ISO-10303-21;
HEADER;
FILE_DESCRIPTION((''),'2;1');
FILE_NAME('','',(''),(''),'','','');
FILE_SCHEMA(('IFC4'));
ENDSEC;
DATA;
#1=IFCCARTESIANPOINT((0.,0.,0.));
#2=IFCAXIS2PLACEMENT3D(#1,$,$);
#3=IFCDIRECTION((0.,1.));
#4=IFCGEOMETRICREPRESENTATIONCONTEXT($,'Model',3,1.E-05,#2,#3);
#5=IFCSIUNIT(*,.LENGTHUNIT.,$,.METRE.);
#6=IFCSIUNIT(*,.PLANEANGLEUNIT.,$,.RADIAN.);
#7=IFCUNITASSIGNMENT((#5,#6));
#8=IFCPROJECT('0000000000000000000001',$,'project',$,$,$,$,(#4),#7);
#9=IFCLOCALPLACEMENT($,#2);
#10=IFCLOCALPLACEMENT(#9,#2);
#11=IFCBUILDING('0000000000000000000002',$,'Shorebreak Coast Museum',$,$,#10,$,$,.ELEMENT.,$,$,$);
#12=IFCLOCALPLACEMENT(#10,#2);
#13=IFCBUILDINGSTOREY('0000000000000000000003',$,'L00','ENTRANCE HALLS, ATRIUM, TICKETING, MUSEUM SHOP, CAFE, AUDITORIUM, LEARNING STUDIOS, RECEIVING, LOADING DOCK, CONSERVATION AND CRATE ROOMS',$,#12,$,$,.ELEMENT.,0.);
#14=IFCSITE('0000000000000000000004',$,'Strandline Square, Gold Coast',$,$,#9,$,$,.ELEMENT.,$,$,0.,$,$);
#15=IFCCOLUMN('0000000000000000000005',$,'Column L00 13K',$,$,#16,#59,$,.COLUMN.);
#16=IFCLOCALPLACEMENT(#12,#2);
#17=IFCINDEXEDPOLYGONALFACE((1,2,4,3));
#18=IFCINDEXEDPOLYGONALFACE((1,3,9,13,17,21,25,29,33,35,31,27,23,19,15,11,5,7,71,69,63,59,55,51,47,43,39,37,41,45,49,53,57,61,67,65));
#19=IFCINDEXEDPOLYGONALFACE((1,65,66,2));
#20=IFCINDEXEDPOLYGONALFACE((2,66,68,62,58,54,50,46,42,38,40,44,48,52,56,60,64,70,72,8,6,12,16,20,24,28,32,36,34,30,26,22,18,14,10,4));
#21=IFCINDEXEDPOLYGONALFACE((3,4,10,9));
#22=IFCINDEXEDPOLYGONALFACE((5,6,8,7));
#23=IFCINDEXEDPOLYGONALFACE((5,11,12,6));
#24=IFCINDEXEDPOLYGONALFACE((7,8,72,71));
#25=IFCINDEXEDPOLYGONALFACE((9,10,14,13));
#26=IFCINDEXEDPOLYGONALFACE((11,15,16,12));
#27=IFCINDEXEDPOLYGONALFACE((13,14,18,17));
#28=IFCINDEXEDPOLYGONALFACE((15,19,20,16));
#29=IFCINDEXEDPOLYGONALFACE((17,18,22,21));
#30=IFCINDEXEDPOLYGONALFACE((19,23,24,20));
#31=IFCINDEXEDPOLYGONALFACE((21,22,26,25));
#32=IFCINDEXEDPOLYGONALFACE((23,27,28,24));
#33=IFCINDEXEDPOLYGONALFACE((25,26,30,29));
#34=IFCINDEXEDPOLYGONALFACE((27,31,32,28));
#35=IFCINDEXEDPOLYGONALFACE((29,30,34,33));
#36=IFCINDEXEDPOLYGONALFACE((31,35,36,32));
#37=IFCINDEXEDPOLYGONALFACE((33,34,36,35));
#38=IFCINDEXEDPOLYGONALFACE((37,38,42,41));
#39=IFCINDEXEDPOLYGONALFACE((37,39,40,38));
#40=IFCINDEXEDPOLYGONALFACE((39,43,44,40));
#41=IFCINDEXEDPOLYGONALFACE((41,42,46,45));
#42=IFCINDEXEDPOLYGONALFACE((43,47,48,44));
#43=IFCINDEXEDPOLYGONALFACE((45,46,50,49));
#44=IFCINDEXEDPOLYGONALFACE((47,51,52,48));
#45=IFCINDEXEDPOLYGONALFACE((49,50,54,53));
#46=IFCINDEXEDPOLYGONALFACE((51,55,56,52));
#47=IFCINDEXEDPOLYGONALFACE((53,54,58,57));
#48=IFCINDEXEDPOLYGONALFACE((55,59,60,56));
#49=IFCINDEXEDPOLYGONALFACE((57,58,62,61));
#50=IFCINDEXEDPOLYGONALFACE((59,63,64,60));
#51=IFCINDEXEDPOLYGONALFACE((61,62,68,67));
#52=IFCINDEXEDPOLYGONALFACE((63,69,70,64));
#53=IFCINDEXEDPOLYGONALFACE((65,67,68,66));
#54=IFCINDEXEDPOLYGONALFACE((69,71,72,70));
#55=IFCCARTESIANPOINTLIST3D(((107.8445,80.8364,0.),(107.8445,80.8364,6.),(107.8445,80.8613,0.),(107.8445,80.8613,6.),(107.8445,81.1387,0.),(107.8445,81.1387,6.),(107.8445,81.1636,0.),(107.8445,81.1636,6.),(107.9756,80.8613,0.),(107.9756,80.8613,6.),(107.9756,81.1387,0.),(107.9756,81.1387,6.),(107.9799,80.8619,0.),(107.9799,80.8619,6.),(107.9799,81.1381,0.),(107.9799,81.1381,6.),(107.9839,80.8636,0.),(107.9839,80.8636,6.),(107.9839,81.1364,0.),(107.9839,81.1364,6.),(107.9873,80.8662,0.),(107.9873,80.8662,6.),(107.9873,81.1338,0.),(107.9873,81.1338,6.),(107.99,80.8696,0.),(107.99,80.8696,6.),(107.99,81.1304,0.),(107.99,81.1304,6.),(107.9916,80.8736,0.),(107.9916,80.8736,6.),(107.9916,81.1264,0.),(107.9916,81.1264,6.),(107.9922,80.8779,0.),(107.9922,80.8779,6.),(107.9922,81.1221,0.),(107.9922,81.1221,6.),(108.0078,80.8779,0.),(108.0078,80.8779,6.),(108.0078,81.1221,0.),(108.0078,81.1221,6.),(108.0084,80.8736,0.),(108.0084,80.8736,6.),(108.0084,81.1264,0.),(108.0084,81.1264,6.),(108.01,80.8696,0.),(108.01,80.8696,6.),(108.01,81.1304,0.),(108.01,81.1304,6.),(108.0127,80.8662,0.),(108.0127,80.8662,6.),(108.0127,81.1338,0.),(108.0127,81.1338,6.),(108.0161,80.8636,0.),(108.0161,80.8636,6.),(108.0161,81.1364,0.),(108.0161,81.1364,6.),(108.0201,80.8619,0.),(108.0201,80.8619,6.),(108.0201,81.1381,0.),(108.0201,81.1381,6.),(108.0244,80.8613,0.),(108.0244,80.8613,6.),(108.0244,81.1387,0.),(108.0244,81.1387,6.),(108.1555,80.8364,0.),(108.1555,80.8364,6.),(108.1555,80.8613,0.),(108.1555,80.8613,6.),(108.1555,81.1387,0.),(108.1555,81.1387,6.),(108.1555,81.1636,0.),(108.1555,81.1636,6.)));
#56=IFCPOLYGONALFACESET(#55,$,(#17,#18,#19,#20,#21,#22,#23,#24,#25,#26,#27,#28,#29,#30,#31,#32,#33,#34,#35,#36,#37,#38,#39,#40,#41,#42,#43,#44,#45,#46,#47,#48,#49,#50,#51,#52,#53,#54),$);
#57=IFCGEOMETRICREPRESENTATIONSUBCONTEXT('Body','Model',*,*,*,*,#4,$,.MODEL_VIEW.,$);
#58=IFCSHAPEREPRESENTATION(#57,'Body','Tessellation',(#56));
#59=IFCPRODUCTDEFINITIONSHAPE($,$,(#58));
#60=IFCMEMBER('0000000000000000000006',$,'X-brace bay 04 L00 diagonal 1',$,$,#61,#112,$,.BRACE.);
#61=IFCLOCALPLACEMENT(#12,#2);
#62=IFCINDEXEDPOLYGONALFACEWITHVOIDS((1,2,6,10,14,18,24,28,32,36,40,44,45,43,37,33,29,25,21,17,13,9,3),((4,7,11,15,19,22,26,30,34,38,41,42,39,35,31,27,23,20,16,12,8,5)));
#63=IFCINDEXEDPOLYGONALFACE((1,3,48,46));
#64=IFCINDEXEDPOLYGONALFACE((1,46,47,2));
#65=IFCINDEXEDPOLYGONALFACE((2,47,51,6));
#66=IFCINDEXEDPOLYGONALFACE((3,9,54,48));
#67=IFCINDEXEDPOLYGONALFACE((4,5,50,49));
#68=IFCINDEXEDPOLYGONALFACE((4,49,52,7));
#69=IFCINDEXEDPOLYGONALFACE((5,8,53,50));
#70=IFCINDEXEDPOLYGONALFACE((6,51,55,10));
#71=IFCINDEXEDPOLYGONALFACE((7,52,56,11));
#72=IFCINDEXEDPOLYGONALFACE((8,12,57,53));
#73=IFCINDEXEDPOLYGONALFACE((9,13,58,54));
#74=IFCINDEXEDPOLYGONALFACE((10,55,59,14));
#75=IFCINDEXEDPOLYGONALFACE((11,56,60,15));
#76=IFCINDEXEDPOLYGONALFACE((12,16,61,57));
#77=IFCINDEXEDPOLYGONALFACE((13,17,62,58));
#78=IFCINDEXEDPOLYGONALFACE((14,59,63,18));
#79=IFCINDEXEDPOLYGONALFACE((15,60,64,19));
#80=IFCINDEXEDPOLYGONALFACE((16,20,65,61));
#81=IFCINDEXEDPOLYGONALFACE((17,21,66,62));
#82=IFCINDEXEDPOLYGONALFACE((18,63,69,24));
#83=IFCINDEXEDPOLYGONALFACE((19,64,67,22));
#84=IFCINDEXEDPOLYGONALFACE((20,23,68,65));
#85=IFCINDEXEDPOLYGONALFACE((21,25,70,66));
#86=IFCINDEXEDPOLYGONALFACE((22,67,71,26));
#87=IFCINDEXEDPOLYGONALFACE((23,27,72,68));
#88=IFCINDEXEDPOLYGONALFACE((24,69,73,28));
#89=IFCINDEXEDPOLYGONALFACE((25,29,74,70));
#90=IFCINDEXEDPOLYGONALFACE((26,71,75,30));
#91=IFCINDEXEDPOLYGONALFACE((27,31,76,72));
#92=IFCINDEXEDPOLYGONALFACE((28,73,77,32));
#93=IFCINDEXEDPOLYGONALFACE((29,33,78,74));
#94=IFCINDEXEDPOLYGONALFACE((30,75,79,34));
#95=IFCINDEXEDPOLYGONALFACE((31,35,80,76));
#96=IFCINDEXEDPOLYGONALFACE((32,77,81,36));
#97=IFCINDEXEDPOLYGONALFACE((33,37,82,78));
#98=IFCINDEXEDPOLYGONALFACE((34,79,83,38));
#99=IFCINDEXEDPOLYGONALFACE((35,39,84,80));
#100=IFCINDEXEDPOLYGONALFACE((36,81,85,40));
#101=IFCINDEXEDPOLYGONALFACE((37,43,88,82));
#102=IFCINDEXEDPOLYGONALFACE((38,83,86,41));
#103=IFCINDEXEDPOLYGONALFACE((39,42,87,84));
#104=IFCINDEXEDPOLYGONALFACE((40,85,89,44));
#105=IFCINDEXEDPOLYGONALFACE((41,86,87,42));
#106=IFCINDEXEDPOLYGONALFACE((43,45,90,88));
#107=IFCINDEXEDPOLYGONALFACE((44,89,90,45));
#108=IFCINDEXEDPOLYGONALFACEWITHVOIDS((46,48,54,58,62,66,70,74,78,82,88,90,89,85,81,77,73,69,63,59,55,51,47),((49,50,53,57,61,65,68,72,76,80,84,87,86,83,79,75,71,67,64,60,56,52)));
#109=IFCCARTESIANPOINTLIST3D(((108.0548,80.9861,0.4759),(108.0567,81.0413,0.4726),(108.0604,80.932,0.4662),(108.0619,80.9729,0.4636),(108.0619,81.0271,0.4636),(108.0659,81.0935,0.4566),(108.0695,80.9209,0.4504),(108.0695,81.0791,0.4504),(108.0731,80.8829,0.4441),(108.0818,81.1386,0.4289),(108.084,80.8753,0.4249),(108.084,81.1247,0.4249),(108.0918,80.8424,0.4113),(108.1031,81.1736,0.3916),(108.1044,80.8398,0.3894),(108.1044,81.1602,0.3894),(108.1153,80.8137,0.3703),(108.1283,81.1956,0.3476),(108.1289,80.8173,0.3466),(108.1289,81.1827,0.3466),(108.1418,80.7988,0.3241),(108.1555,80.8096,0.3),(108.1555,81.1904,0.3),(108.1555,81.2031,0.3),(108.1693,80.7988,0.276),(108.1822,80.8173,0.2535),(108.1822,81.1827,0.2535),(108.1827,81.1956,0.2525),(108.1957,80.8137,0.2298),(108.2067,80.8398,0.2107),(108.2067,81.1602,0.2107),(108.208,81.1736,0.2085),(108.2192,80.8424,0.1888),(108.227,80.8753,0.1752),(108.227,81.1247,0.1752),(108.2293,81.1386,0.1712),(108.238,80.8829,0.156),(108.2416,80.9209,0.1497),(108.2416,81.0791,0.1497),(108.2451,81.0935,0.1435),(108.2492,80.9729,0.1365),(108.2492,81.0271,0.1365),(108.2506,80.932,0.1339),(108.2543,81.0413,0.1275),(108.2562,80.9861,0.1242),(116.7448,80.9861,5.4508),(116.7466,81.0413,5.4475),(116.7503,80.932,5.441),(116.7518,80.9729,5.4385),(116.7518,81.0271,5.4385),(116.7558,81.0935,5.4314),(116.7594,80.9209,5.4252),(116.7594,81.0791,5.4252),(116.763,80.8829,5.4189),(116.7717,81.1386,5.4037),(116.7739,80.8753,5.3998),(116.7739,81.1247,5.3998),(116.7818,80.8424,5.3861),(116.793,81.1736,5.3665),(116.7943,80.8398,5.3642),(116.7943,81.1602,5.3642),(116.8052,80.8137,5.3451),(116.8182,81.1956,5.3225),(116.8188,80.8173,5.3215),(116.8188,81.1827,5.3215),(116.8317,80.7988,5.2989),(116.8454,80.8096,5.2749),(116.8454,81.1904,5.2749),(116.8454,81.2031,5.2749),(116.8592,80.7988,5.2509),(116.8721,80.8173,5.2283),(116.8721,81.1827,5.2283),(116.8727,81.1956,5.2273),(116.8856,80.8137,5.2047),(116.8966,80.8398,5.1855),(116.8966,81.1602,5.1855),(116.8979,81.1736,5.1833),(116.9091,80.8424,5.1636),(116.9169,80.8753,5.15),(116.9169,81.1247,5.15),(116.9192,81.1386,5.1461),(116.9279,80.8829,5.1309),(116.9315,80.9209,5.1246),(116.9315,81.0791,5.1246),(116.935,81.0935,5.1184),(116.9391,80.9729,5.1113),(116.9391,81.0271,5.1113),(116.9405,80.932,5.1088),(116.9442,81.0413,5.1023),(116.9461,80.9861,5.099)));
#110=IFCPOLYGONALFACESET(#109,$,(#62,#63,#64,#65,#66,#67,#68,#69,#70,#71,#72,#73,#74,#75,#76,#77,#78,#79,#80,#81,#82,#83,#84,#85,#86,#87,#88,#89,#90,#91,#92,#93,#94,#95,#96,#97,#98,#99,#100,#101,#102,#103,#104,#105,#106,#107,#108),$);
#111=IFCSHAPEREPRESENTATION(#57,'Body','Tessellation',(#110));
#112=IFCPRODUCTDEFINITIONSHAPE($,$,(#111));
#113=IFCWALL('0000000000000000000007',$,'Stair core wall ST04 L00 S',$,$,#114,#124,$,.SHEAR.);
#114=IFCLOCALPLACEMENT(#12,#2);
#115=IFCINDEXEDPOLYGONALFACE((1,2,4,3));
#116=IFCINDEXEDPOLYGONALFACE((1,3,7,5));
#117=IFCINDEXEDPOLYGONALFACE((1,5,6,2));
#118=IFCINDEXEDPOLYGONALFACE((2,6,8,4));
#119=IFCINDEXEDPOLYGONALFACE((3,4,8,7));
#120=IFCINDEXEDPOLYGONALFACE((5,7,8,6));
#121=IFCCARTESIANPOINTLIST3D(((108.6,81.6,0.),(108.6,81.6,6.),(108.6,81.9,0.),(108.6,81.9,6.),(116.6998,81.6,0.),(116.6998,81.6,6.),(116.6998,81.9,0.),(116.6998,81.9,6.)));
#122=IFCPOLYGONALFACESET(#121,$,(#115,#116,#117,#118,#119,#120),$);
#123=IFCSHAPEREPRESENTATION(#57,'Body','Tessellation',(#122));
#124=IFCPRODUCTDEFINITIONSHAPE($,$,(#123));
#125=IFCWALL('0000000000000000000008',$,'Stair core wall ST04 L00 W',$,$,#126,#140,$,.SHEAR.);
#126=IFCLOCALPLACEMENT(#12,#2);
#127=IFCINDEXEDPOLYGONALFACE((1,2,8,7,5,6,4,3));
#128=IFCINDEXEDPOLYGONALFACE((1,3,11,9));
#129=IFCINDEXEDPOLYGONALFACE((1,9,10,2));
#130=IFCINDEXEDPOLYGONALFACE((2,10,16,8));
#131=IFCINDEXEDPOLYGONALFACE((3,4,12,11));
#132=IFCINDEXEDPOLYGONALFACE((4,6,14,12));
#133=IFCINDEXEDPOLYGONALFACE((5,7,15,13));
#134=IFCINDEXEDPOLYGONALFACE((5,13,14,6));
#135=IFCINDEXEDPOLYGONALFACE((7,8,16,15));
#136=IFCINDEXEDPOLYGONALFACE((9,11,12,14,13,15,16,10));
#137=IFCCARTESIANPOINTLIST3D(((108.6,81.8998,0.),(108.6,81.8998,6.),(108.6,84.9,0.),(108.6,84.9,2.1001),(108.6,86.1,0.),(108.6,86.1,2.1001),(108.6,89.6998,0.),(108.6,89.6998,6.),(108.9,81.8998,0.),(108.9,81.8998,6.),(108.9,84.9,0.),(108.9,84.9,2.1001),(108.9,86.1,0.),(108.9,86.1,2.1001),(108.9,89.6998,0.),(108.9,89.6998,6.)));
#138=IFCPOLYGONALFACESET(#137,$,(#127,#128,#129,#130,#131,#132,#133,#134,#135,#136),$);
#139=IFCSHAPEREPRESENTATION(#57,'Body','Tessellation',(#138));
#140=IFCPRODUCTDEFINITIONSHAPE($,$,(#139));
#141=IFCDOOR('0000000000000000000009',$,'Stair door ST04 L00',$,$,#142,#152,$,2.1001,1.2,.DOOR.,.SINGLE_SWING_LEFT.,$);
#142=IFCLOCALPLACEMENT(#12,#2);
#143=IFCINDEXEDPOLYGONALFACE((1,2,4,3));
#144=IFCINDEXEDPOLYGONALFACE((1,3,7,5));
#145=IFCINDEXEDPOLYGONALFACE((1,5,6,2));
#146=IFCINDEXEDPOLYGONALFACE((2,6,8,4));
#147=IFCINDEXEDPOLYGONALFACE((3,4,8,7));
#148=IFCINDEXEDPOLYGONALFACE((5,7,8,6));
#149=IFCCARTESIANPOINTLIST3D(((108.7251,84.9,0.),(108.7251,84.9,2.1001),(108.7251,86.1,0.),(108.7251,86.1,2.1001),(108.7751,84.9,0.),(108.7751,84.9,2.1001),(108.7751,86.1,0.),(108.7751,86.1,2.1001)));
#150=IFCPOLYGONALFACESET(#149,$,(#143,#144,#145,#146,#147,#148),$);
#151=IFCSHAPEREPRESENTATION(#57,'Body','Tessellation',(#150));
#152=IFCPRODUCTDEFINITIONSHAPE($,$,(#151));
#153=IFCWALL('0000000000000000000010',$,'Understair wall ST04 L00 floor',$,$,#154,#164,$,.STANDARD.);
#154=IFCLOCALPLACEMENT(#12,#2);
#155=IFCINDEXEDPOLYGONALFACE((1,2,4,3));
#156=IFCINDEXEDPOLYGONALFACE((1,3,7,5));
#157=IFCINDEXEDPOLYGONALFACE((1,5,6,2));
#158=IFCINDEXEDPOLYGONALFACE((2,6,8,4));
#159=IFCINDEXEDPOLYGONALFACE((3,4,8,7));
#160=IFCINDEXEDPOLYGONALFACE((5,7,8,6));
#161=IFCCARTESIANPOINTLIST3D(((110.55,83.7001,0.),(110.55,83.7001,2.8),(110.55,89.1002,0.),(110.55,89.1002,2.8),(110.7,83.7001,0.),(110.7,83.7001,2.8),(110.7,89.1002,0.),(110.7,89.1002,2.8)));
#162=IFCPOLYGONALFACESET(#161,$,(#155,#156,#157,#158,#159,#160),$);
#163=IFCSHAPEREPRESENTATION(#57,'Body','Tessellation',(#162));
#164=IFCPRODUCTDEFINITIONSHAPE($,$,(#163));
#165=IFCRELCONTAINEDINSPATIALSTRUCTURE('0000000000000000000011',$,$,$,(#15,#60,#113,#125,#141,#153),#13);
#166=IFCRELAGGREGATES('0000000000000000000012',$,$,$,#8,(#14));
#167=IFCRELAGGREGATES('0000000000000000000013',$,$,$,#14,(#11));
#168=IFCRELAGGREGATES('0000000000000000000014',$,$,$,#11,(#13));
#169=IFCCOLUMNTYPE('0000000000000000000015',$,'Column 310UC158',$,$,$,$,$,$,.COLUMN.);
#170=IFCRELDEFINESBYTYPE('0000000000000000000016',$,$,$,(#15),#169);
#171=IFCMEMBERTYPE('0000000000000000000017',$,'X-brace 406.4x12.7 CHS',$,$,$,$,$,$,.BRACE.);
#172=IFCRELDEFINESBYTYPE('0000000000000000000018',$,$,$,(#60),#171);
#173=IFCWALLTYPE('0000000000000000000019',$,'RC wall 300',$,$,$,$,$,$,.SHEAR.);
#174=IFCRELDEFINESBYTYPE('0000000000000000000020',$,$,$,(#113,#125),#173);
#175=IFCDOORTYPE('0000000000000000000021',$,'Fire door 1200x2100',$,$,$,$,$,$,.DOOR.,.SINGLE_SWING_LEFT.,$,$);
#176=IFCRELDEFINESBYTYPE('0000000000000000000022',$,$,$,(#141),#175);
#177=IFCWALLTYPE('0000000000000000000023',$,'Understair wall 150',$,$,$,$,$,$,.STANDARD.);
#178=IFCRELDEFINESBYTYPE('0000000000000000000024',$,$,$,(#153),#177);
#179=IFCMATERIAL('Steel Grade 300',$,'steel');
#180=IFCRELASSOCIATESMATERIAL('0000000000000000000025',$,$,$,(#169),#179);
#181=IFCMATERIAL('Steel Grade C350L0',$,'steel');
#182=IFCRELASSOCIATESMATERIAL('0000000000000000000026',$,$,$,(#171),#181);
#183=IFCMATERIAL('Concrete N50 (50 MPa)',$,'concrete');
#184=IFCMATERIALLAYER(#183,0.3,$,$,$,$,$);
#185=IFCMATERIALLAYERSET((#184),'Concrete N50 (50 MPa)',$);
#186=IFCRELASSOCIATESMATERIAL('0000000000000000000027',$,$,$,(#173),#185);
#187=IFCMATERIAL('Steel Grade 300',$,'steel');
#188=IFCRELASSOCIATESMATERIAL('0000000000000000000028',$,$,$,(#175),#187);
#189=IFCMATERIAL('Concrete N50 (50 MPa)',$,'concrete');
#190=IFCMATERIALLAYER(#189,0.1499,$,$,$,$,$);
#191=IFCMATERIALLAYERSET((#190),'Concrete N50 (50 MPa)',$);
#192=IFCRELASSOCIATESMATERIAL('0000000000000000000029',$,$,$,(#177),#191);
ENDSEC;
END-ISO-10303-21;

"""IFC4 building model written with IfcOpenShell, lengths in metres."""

from ifc_helpers import new_model, si_unit, direction, frame, frame_2d, origin, origin_2d, place, context, subcontext, project, spatial, rectangle, hollow_circle, i_section, extrude, material, layer, layer_set, material_profile, profile_set, type_object, element, fill, save


model = new_model("IFC4")

# Units and contexts
model_context = context("Model", 3, precision=1e-05, world=origin(), true_north=direction((0.0, 1.0)))
body_context = subcontext(model_context, "Body", "Model", "MODEL_VIEW")
ifc_project = project(units=[si_unit("LENGTHUNIT", "METRE"), si_unit("PLANEANGLEUNIT", "RADIAN")], contexts=[model_context])

# Site, building, storey
site_placement = place(None, origin())
site = spatial("IfcSite", under=ifc_project, at=site_placement, Name="Strandline Square, Gold Coast", CompositionType="ELEMENT", RefElevation=0.0)
building_placement = place(site_placement, origin())
building = spatial("IfcBuilding", under=site, at=building_placement, Name="Shorebreak Coast Museum", CompositionType="ELEMENT")
storey_placement = place(building_placement, origin())
storey = spatial("IfcBuildingStorey", under=building, at=storey_placement, Name="L00", Description="ENTRANCE HALLS, ATRIUM, TICKETING, MUSEUM SHOP, CAFE, AUDITORIUM, LEARNING STUDIOS, RECEIVING, LOADING DOCK, CONSERVATION AND CRATE ROOMS", CompositionType="ELEMENT", Elevation=0.0)

# Column
ifc_material_1 = material(Name="Steel Grade 300", Category="steel")
ifc_material_profile_1 = material_profile(ifc_material_1, i_section(OverallWidth=0.311, OverallDepth=0.3271, WebThickness=0.0156, FlangeThickness=0.0249, FilletRadius=0.0166, at=origin_2d()), Name="310UC158")
ifc_profile_set_1 = profile_set([ifc_material_profile_1], Name="Steel Grade 300")
column_type = type_object("IfcColumnType", Name="Column 310UC158", PredefinedType="COLUMN", material=ifc_profile_set_1)
column_placement = place(storey_placement, frame((108.0, 81.0, 0.0), z_axis=(0.0, 0.0, 1.0), x_axis=(1.0, 0.0, 0.0)))
element("IfcColumn", 1, at=column_placement, inside=storey, type_object=column_type, Name="Column L00 13K", PredefinedType="COLUMN", context=body_context, shape_type="SweptSolid", body=[
    extrude(i_section(OverallWidth=0.311, OverallDepth=0.3271, WebThickness=0.0156, FlangeThickness=0.0249, FilletRadius=0.0166, at=origin_2d()), origin(), (0.0, 0.0, 1.0), 6.0),
])

# Member
ifc_material_2 = material(Name="Steel Grade C350L0", Category="steel")
ifc_material_profile_2 = material_profile(ifc_material_2, hollow_circle(Radius=0.2031, WallThickness=0.0127, at=origin_2d()), Name="406.4x12.7 CHS")
ifc_profile_set_2 = profile_set([ifc_material_profile_2], Name="Steel Grade C350L0")
member_type = type_object("IfcMemberType", Name="X-brace 406.4x12.7 CHS", PredefinedType="BRACE", material=ifc_profile_set_2)
member_placement = place(storey_placement, frame((108.1555, 81.0, 0.3), z_axis=(0.867848, 0.0, 0.496829), x_axis=(0.0, 1.0, 0.0)))
element("IfcMember", 2, at=member_placement, inside=storey, type_object=member_type, Name="X-brace bay 04 L00 diagonal 1", PredefinedType="BRACE", context=body_context, shape_type="SweptSolid", body=[
    extrude(hollow_circle(Radius=0.2031, WallThickness=0.0127, at=origin_2d()), origin(), (0.0, 0.0, 1.0), 10.0132),
])

# Wall
ifc_material_3 = material(Name="Concrete N50 (50 MPa)", Category="concrete")
ifc_layer_1 = layer(ifc_material_3, 0.3)
ifc_layer_set_1 = layer_set([ifc_layer_1], Name="Concrete N50 (50 MPa)")
wall_type_1 = type_object("IfcWallType", Name="RC wall 300", PredefinedType="SHEAR", material=ifc_layer_set_1)
wall_1_placement = place(storey_placement, frame((108.6001, 81.75, 0.0), z_axis=(0.0, 0.0, 1.0), x_axis=(1.0, 0.0, 0.0)))
element("IfcWall", 3, at=wall_1_placement, inside=storey, type_object=wall_type_1, Name="Stair core wall ST04 L00 S", PredefinedType="SHEAR", context=body_context, shape_type="SweptSolid", body=[
    extrude(rectangle(XDim=8.0999, YDim=0.3, at=frame_2d((4.0498, 0.0))), origin(), (0.0, 0.0, 1.0), 6.0),
])

# Wall, opening, door
wall_2_placement = place(storey_placement, frame((108.75, 81.8999, 0.0), z_axis=(0.0, 0.0, 1.0), x_axis=(0.0, 1.0, 0.0)))
wall_2 = element("IfcWall", 4, at=wall_2_placement, inside=storey, type_object=wall_type_1, Name="Stair core wall ST04 L00 W", PredefinedType="SHEAR", context=body_context, shape_type="SweptSolid", body=[
    extrude(rectangle(XDim=7.8, YDim=0.3, at=frame_2d((3.8999, 0.0))), origin(), (0.0, 0.0, 1.0), 6.0),
])
opening_placement = place(wall_2_placement, frame((3.0, 0.0, 0.0)))
opening = element("IfcOpeningElement", 5, at=opening_placement, cuts=wall_2, PredefinedType="OPENING", context=body_context, shape_type="SweptSolid", body=[
    extrude(rectangle(XDim=1.2, YDim=2.1001, at=frame_2d((0.6001, 1.05))), frame((0.0, 0.1599, 0.0), z_axis=(0.0, -1.0, 0.0), x_axis=(1.0, 0.0, 0.0)), (0.0, 0.0, 1.0), 0.3201),
])
ifc_material_4 = material(Name="Steel Grade 300", Category="steel")
door_type = type_object("IfcDoorType", Name="Fire door 1200x2100", OperationType="SINGLE_SWING_LEFT", PredefinedType="DOOR", material=ifc_material_4)
door_placement = place(opening_placement, origin())
door = element("IfcDoor", 6, at=door_placement, inside=storey, type_object=door_type, Name="Stair door ST04 L00", OperationType="SINGLE_SWING_LEFT", OverallHeight=2.1001, OverallWidth=1.2, PredefinedType="DOOR", context=body_context, shape_type="SweptSolid", body=[
    extrude(rectangle(XDim=1.2, YDim=2.1001, at=frame_2d((0.6001, 1.05))), frame((0.0, 0.0249, 0.0), z_axis=(0.0, -1.0, 0.0), x_axis=(1.0, 0.0, 0.0)), (0.0, 0.0, 1.0), 0.05),
])
fill(opening, door)

# Wall
ifc_material_5 = material(Name="Concrete N50 (50 MPa)", Category="concrete")
ifc_layer_2 = layer(ifc_material_5, 0.1499)
ifc_layer_set_2 = layer_set([ifc_layer_2], Name="Concrete N50 (50 MPa)")
wall_type_2 = type_object("IfcWallType", Name="Understair wall 150", PredefinedType="STANDARD", material=ifc_layer_set_2)
wall_3_placement = place(storey_placement, frame((110.625, 83.7, 0.0), z_axis=(0.0, 0.0, 1.0), x_axis=(0.0, 1.0, 0.0)))
element("IfcWall", 7, at=wall_3_placement, inside=storey, type_object=wall_type_2, Name="Understair wall ST04 L00 floor", PredefinedType="STANDARD", context=body_context, shape_type="SweptSolid", body=[
    extrude(rectangle(XDim=5.4001, YDim=0.1499, at=frame_2d((2.7002, 0.0))), origin(), (0.0, 0.0, 1.0), 2.8),
])

save(model, "model.ifc")
